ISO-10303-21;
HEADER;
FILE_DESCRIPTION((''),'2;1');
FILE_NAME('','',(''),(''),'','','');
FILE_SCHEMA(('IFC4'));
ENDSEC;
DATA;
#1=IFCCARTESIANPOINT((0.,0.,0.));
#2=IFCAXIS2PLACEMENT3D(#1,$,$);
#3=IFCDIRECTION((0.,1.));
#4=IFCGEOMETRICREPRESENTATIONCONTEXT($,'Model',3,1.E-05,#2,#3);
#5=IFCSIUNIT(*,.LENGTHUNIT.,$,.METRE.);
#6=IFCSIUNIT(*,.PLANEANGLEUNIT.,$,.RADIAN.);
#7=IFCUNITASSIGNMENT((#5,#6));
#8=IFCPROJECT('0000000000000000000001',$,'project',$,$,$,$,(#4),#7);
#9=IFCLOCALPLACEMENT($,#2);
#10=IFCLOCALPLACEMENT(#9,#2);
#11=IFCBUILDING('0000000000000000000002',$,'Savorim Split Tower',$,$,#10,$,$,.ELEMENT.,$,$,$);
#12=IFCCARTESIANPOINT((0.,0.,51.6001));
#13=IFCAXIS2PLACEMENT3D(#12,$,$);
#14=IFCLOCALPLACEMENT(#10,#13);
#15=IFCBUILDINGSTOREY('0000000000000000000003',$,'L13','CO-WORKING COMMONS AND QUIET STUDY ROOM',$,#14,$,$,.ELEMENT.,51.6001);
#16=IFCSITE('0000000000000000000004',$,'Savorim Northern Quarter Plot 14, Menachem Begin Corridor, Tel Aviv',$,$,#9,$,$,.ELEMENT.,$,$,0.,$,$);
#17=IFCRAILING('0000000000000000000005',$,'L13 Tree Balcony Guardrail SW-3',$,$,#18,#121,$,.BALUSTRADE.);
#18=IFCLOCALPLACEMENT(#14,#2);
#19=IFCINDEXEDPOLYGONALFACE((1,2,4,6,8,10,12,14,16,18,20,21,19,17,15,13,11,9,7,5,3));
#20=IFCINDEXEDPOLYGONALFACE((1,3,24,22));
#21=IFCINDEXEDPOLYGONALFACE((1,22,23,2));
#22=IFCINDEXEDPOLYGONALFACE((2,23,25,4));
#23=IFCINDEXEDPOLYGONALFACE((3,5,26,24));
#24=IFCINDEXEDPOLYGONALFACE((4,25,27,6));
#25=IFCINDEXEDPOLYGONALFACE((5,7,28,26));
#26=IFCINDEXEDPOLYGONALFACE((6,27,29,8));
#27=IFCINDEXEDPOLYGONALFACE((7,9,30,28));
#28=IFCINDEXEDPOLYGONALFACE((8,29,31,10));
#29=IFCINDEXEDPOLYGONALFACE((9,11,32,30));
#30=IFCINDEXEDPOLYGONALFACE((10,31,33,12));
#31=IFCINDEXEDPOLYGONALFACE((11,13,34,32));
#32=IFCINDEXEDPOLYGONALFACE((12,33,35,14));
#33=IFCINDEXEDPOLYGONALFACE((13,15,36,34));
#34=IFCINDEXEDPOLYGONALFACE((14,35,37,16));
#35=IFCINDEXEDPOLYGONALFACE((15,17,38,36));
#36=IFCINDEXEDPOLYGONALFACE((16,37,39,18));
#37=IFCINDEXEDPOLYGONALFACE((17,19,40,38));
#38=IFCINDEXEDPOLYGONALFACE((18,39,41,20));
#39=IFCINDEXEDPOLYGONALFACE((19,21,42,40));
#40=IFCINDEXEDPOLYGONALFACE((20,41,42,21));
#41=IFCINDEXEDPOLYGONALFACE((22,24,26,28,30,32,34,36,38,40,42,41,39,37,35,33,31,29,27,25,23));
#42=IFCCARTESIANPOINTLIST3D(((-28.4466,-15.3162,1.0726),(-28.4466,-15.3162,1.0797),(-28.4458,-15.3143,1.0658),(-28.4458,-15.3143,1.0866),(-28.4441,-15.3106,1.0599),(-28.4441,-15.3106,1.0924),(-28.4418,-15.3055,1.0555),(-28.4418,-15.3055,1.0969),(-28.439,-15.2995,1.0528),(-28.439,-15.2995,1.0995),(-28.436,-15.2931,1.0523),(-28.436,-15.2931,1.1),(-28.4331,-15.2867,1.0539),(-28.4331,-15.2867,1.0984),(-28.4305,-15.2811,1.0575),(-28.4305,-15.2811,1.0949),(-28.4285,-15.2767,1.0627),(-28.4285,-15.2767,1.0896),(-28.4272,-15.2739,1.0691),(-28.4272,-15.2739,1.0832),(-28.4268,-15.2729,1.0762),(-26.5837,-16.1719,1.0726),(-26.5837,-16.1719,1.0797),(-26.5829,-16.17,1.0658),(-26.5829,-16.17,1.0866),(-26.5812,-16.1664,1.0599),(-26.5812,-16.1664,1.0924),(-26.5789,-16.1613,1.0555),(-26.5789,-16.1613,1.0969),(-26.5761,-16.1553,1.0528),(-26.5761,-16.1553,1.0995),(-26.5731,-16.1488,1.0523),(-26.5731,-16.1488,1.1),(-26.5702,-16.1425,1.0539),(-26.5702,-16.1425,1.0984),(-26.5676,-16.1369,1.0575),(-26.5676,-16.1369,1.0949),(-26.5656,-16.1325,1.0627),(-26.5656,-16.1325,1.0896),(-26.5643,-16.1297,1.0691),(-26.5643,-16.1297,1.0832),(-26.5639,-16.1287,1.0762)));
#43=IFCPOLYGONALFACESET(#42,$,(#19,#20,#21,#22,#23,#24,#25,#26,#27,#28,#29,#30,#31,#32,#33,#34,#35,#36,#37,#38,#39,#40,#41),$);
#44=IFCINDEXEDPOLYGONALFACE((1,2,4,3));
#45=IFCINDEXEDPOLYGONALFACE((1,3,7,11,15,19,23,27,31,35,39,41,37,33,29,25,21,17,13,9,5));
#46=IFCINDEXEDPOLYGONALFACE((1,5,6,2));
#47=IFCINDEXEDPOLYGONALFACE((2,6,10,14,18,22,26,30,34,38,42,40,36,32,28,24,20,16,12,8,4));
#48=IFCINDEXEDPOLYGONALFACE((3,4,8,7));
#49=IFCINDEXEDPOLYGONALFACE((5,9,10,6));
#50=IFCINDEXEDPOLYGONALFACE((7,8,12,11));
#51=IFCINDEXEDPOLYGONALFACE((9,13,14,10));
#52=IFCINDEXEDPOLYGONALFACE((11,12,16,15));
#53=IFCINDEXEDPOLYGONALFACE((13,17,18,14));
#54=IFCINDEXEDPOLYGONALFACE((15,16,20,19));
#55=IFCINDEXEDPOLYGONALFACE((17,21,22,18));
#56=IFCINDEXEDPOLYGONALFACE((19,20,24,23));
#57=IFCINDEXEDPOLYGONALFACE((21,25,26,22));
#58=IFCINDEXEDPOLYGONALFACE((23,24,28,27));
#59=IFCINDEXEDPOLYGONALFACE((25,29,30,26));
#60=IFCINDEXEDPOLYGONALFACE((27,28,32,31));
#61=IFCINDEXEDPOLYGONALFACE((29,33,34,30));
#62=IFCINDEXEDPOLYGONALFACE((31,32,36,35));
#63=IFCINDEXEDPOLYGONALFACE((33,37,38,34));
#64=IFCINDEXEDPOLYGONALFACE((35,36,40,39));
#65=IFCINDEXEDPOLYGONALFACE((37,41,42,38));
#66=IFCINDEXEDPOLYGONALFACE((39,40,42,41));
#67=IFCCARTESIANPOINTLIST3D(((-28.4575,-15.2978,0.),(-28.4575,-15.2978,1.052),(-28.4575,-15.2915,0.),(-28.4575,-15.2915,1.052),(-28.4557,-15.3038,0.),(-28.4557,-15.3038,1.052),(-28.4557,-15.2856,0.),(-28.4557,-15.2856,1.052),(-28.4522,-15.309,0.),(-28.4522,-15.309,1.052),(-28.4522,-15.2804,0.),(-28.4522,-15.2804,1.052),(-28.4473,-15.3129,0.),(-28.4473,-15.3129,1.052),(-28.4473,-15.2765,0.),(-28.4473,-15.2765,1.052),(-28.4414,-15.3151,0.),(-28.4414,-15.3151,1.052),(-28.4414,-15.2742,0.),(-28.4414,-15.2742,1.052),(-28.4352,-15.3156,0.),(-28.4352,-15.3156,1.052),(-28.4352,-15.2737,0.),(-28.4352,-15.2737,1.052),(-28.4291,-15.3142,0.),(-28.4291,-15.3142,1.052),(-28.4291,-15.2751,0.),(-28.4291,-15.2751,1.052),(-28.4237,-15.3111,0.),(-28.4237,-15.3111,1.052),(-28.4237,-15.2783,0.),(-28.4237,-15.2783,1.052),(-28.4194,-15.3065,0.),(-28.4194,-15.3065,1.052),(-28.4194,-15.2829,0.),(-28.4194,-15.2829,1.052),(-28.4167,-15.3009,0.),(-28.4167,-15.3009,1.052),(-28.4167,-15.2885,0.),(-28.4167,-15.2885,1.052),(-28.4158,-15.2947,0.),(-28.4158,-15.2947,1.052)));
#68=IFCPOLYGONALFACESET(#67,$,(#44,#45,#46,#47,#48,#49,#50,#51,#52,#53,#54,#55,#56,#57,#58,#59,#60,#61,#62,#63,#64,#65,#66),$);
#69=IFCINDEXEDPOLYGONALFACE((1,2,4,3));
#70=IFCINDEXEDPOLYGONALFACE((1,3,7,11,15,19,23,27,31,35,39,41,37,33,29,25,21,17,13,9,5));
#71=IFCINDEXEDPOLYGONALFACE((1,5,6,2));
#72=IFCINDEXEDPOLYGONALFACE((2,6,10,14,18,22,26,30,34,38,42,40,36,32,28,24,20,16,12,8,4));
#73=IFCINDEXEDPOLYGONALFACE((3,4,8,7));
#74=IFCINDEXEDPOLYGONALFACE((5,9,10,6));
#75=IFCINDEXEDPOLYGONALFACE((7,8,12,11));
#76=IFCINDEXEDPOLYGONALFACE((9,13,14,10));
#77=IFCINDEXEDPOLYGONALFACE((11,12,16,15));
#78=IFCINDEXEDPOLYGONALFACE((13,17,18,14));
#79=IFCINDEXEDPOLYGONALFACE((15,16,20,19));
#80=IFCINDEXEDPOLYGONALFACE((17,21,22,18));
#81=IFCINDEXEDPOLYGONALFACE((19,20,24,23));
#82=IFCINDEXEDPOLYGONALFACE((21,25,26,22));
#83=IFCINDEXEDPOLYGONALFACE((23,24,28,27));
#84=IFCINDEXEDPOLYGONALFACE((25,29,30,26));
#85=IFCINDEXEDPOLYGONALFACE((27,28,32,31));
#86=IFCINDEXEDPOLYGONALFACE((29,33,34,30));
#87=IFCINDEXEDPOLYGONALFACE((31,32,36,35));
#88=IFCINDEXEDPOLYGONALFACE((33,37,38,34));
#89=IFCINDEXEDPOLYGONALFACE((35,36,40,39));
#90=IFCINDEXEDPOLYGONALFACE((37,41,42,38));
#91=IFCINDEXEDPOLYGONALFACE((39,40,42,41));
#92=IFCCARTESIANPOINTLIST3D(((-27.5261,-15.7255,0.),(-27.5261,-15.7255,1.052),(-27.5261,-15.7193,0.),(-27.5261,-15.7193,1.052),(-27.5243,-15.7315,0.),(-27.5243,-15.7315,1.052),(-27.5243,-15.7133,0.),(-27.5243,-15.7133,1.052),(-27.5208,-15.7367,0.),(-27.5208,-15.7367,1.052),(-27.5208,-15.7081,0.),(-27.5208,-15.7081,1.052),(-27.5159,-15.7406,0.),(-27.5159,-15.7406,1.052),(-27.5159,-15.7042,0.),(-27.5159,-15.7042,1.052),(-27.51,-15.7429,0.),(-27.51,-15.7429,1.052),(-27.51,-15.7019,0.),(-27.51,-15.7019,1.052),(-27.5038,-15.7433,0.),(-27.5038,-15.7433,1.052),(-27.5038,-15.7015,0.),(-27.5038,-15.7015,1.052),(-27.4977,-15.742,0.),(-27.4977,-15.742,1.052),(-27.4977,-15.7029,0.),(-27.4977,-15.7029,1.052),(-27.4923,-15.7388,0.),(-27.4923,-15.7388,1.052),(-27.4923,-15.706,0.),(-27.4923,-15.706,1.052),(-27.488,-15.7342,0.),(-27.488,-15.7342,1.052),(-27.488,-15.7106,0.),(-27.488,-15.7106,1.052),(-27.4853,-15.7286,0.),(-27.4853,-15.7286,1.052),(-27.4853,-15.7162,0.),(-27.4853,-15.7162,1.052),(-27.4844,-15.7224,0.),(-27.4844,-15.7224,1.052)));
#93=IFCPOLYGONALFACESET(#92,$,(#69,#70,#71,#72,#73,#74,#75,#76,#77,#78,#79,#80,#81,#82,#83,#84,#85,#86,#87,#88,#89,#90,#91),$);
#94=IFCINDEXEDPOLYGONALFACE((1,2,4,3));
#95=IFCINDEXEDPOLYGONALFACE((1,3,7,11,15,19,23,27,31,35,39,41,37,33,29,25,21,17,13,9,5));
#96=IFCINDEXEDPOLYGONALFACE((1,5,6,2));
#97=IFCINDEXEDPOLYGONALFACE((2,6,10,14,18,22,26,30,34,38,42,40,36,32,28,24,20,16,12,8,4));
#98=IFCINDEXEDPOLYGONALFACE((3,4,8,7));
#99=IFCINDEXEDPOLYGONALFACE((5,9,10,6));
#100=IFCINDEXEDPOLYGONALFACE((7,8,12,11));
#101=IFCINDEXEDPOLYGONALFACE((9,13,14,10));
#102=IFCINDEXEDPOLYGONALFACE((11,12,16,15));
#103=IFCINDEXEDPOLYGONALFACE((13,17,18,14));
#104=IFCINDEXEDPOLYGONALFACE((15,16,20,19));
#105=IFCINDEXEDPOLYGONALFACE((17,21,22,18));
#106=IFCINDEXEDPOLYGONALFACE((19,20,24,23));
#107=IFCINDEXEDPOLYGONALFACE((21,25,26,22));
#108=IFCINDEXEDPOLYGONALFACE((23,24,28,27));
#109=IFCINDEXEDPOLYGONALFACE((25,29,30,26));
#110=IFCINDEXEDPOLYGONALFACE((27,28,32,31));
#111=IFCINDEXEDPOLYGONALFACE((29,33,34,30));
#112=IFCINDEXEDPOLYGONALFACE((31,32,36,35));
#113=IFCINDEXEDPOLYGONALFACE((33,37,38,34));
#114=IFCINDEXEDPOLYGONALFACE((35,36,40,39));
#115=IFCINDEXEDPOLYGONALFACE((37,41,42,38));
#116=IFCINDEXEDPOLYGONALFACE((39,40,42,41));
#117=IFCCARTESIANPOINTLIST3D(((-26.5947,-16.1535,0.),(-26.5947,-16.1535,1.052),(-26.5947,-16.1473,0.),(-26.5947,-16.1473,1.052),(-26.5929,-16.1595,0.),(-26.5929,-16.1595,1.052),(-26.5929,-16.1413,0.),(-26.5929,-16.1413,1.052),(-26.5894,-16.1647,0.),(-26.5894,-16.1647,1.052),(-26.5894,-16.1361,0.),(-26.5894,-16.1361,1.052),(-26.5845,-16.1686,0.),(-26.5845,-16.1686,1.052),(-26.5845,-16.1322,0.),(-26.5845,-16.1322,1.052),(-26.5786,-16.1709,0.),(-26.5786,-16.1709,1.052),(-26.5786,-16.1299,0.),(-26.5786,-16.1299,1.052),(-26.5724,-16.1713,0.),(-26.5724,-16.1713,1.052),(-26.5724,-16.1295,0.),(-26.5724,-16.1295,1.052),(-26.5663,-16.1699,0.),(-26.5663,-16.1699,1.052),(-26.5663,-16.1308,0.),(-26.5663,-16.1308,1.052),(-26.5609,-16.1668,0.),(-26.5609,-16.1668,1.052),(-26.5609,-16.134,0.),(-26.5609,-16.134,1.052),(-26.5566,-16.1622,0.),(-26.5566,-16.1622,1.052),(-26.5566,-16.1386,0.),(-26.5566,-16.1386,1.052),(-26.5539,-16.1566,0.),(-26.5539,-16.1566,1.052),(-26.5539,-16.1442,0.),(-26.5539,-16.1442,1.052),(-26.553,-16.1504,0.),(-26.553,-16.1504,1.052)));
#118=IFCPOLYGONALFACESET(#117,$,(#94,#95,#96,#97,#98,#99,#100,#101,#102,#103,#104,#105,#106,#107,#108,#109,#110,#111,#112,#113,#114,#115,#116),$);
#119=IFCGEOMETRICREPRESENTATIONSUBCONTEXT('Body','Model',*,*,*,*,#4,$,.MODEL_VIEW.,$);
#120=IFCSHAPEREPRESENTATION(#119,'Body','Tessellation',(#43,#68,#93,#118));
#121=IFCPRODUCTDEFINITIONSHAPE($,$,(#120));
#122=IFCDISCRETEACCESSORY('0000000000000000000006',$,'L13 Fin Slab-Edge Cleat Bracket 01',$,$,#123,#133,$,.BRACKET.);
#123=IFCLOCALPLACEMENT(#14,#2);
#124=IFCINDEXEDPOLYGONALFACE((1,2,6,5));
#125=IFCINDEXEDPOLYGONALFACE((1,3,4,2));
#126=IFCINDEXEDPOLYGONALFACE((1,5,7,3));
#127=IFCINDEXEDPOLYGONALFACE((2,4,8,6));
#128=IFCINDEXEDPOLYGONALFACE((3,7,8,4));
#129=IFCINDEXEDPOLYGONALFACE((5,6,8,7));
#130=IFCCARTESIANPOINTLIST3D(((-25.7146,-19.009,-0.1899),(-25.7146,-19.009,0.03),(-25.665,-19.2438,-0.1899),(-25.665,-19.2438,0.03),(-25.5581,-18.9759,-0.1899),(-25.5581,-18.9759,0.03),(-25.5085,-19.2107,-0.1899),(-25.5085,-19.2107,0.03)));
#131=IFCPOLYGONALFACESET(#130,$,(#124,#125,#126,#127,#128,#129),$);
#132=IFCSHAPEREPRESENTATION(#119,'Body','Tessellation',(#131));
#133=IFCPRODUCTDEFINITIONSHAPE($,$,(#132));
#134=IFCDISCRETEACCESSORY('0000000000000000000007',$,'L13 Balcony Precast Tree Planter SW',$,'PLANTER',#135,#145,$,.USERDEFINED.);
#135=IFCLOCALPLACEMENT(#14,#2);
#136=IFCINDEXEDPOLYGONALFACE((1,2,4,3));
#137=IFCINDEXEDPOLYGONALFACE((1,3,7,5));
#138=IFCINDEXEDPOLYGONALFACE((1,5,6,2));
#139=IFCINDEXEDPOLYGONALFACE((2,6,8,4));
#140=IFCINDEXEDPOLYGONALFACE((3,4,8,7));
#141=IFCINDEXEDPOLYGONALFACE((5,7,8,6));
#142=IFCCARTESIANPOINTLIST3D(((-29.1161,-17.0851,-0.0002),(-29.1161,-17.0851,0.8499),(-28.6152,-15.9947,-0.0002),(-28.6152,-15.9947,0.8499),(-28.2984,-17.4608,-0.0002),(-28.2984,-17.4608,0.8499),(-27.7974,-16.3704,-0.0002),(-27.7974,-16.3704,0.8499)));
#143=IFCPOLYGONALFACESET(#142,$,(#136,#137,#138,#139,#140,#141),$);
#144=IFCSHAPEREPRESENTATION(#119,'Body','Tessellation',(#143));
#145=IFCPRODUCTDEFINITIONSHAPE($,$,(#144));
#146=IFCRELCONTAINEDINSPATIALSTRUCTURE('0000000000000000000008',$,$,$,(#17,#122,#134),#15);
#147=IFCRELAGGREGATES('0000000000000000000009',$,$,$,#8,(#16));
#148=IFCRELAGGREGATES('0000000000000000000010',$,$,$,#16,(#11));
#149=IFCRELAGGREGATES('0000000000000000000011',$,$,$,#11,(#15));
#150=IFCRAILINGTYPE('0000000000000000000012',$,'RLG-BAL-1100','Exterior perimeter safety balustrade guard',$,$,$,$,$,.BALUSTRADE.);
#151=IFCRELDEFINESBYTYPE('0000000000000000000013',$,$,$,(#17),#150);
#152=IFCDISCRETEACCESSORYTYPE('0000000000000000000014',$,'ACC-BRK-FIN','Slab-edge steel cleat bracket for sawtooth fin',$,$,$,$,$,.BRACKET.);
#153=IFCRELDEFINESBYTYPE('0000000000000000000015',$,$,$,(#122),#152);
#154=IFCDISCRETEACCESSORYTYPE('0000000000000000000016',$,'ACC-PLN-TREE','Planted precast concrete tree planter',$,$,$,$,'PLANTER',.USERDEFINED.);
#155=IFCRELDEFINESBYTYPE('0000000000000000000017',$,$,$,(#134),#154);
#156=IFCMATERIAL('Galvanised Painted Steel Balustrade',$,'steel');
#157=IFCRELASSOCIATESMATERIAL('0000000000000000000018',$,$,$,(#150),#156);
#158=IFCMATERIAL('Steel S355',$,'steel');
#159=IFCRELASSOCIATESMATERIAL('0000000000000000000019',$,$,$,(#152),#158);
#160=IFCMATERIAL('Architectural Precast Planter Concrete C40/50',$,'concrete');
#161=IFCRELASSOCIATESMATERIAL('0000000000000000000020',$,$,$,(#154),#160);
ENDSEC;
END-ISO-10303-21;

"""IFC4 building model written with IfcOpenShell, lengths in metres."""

from ifc_helpers import new_model, si_unit, direction, frame, origin, origin_2d, place, context, subcontext, project, spatial, rectangle, circle, extrude, material, type_object, element, save


model = new_model("IFC4")

# Units and contexts
model_context = context("Model", 3, precision=1e-05, world=origin(), true_north=direction((0.0, 1.0)))
body_context = subcontext(model_context, "Body", "Model", "MODEL_VIEW")
ifc_project = project(units=[si_unit("LENGTHUNIT", "METRE"), si_unit("PLANEANGLEUNIT", "RADIAN")], contexts=[model_context])

# Site, building, storey
site_placement = place(None, origin())
site = spatial("IfcSite", under=ifc_project, at=site_placement, Name="Savorim Northern Quarter Plot 14, Menachem Begin Corridor, Tel Aviv", CompositionType="ELEMENT", RefElevation=0.0)
building_placement = place(site_placement, origin())
building = spatial("IfcBuilding", under=site, at=building_placement, Name="Savorim Split Tower", CompositionType="ELEMENT")
storey_placement = place(building_placement, frame((0.0, 0.0, 51.6001)))
storey = spatial("IfcBuildingStorey", under=building, at=storey_placement, Name="L13", Description="CO-WORKING COMMONS AND QUIET STUDY ROOM", CompositionType="ELEMENT", Elevation=51.6001)

# Shared definitions
ifc_material_1 = material(Name="Steel S355", Category="steel")

# Railing
ifc_material_2 = material(Name="Galvanised Painted Steel Balustrade", Category="steel")
railing_type = type_object("IfcRailingType", Name="RLG-BAL-1100", Description="Exterior perimeter safety balustrade guard", PredefinedType="BALUSTRADE", material=ifc_material_2)
railing_1_placement = place(storey_placement, frame((-28.4368, -15.2947, 0.0)))
element("IfcRailing", 1, at=railing_1_placement, inside=storey, type_object=railing_type, Name="L13 Tree Balcony Guardrail SW-3", PredefinedType="BALUSTRADE", context=body_context, shape_type="SweptSolid", body=[
    extrude(circle(Radius=0.0239, at=origin_2d()), frame((0.0, 0.0, 1.0762), z_axis=(0.908707, -0.417434, 0.0), x_axis=(0.417434, 0.908707, 0.0)), (0.0, 0.0, 1.0), 2.05),
    extrude(circle(Radius=0.021, at=origin_2d()), origin(), (0.0, 0.0, 1.0), 1.052),
    extrude(circle(Radius=0.021, at=origin_2d()), frame((0.9314, -0.4277, 0.0)), (0.0, 0.0, 1.0), 1.052),
    extrude(circle(Radius=0.021, at=origin_2d()), frame((1.8628, -0.8557, 0.0)), (0.0, 0.0, 1.0), 1.052),
])

# Discrete accessories
discrete_accessory_type_1 = type_object("IfcDiscreteAccessoryType", Name="ACC-BRK-FIN", Description="Slab-edge steel cleat bracket for sawtooth fin", PredefinedType="BRACKET", material=ifc_material_1)
discrete_accessory_1_placement = place(storey_placement, frame((-25.6116, -19.1099, -0.1899), z_axis=(0.0, 0.0, 1.0), x_axis=(0.206722, -0.9784, 0.0)))
element("IfcDiscreteAccessory", 2, at=discrete_accessory_1_placement, inside=storey, type_object=discrete_accessory_type_1, Name="L13 Fin Slab-Edge Cleat Bracket 01", PredefinedType="BRACKET", context=body_context, shape_type="SweptSolid", body=[
    extrude(rectangle(XDim=0.24, YDim=0.1599, at=origin_2d()), origin(), (0.0, 0.0, 1.0), 0.22),
])
ifc_material_3 = material(Name="Architectural Precast Planter Concrete C40/50", Category="concrete")
discrete_accessory_type_2 = type_object("IfcDiscreteAccessoryType", Name="ACC-PLN-TREE", Description="Planted precast concrete tree planter", ElementType="PLANTER", PredefinedType="USERDEFINED", material=ifc_material_3)
discrete_accessory_2_placement = place(storey_placement, frame((-28.4568, -16.7278, -0.0002), z_axis=(0.0, 0.0, 1.0), x_axis=(-0.417488, -0.908682, 0.0)))
element("IfcDiscreteAccessory", 3, at=discrete_accessory_2_placement, inside=storey, type_object=discrete_accessory_type_2, Name="L13 Balcony Precast Tree Planter SW", ObjectType="PLANTER", PredefinedType="USERDEFINED", context=body_context, shape_type="SweptSolid", body=[
    extrude(rectangle(XDim=1.2, YDim=0.8999, at=origin_2d()), origin(), (0.0, 0.0, 1.0), 0.8501),
])

save(model, "model.ifc")
